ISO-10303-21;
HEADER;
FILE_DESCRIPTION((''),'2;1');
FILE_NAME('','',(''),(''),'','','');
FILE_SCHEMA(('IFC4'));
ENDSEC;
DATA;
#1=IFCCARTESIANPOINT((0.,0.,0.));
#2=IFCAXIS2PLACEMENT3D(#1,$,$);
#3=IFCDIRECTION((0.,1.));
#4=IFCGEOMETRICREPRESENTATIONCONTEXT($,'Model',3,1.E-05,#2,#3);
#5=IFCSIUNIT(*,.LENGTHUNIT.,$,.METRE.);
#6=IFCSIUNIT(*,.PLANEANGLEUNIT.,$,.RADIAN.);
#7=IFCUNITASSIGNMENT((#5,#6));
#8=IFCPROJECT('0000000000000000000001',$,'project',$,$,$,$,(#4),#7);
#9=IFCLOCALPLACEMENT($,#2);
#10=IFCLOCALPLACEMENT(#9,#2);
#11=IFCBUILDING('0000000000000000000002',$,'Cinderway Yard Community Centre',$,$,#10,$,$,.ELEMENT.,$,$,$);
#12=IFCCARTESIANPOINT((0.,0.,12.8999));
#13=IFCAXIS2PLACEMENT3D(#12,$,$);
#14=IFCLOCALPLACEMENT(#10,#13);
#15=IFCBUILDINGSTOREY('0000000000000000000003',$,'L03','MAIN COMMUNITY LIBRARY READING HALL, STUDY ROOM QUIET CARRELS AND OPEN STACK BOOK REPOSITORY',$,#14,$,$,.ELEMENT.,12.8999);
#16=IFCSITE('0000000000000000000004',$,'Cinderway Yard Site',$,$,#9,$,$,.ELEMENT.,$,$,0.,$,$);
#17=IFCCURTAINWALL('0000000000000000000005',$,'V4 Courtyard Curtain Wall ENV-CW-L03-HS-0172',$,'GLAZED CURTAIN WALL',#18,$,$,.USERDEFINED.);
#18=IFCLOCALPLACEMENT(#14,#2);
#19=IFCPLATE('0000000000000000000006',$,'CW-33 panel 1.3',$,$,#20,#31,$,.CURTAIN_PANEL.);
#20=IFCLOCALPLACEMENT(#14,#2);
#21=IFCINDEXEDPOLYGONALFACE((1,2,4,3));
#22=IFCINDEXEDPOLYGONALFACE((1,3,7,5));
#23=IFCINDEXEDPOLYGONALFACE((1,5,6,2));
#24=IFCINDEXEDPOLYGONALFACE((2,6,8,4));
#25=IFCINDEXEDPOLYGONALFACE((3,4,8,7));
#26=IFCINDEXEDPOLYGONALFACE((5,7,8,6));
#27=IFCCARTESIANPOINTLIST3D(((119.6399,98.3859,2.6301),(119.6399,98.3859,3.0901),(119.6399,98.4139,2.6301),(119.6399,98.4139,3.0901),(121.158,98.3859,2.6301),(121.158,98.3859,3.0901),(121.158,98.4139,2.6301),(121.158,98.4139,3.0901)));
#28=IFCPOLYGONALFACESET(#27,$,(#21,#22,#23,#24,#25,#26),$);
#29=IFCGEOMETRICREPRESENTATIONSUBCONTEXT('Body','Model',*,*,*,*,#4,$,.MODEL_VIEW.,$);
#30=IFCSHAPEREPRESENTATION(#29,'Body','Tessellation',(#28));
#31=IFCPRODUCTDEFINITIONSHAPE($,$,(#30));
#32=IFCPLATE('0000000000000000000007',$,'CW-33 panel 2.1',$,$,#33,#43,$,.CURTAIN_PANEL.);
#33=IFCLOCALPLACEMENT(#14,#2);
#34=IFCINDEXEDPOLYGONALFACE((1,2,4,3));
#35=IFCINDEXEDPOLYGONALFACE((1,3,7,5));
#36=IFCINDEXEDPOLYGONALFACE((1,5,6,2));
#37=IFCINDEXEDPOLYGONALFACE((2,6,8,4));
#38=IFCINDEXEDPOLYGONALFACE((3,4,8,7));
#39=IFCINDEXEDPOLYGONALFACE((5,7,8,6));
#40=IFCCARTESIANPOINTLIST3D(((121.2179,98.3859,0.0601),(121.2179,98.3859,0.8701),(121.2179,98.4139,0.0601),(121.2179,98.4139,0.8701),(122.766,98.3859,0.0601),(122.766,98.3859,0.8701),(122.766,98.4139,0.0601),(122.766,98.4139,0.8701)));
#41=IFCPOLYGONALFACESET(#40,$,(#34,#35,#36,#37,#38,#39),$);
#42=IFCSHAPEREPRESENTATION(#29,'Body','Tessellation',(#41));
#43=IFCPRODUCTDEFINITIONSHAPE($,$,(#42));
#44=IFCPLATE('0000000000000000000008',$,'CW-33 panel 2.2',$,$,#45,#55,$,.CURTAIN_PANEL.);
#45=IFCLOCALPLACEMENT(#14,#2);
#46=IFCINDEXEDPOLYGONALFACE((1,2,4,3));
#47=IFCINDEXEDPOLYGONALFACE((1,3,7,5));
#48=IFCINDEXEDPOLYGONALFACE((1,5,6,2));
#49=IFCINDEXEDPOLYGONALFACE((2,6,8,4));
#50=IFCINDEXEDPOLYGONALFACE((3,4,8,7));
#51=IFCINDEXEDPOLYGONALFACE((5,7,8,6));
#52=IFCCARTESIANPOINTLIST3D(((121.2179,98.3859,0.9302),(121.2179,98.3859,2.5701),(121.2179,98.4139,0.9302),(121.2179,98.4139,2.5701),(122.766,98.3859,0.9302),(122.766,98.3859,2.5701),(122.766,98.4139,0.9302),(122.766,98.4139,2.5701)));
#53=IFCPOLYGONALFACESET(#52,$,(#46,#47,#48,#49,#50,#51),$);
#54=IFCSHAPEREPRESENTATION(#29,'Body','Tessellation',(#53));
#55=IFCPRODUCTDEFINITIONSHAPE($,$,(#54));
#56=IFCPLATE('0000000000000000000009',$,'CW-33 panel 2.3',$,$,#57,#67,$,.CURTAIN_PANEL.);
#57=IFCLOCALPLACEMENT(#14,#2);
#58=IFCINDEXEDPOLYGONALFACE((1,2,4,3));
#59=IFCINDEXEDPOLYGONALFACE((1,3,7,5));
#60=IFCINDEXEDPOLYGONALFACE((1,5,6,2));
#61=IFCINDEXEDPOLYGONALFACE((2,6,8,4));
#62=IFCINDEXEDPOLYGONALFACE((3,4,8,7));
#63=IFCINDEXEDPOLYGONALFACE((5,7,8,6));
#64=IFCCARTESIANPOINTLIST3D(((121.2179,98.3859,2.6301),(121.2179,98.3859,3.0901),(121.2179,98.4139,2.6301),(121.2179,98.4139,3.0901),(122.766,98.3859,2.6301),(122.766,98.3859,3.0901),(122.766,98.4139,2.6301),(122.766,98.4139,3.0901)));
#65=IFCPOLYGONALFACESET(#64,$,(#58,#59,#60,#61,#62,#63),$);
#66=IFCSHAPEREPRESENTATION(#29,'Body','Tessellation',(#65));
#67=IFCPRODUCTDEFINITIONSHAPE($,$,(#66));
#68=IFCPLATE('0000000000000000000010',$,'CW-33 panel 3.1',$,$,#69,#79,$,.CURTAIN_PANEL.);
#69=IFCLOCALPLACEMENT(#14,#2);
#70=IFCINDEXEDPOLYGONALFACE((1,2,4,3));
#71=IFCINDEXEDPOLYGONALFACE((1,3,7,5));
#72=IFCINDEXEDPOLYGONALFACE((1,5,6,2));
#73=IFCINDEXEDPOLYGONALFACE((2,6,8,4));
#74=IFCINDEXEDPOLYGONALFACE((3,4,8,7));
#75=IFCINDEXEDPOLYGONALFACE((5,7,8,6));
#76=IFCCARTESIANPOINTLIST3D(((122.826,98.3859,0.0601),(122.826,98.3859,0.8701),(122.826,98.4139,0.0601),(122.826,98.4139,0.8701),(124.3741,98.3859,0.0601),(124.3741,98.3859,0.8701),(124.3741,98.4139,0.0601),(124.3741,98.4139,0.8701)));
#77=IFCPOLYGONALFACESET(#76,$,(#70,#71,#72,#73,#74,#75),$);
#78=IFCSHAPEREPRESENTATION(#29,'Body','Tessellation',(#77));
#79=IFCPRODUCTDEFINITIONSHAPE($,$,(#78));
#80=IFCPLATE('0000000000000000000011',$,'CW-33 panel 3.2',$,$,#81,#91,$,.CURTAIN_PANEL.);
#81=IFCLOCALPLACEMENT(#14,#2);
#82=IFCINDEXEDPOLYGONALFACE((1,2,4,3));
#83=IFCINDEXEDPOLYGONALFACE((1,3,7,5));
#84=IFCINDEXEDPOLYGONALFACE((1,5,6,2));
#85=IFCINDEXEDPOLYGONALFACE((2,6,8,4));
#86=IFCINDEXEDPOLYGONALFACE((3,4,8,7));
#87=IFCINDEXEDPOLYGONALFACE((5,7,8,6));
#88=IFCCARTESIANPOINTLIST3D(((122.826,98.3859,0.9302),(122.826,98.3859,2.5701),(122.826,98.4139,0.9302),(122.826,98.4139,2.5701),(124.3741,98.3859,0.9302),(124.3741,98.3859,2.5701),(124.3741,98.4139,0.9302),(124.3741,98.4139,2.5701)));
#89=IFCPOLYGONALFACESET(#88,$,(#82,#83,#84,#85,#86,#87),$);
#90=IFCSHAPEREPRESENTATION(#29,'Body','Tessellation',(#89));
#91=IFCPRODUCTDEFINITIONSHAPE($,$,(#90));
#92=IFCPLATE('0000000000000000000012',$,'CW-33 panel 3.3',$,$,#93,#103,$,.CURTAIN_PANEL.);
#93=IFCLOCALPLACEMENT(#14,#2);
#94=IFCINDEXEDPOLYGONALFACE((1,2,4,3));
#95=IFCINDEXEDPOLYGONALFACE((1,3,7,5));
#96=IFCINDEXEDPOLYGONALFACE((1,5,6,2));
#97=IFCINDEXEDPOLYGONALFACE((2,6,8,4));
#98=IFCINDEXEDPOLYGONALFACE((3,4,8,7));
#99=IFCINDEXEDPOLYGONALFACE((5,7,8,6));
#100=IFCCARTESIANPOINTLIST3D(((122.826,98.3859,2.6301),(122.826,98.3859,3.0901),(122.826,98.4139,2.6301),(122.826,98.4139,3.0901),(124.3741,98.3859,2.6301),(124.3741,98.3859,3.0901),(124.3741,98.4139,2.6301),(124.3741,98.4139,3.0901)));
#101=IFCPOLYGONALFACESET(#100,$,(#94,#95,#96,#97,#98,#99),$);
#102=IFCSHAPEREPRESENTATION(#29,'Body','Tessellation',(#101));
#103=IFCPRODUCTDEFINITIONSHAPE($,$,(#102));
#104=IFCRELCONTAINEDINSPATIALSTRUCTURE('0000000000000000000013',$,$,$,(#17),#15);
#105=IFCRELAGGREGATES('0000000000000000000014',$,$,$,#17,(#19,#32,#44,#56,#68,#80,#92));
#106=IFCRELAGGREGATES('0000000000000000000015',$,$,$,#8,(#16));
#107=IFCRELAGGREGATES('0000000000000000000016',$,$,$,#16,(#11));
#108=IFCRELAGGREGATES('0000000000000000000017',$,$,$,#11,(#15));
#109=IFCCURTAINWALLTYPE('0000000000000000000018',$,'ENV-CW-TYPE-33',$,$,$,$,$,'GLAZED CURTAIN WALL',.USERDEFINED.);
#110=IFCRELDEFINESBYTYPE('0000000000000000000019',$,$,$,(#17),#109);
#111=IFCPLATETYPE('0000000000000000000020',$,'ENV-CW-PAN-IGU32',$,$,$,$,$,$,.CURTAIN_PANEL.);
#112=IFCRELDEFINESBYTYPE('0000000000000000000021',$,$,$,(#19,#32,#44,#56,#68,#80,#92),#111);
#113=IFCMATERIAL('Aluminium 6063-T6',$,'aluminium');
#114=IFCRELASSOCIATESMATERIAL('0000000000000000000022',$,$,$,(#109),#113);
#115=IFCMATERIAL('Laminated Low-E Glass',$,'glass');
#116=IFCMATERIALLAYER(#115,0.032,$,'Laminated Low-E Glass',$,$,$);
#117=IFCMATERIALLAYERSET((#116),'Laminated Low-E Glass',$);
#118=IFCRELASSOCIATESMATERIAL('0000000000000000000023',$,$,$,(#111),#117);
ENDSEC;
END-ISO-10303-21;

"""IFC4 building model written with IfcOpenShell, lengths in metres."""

from ifc_helpers import new_model, si_unit, direction, frame, origin, origin_2d, place, context, subcontext, project, spatial, rectangle, extrude, material, layer, layer_set, type_object, element, aggregate, save


model = new_model("IFC4")

# Units and contexts
model_context = context("Model", 3, precision=1e-05, world=origin(), true_north=direction((0.0, 1.0)))
body_context = subcontext(model_context, "Body", "Model", "MODEL_VIEW")
ifc_project = project(units=[si_unit("LENGTHUNIT", "METRE"), si_unit("PLANEANGLEUNIT", "RADIAN")], contexts=[model_context])

# Site, building, storey
site_placement = place(None, origin())
site = spatial("IfcSite", under=ifc_project, at=site_placement, Name="Cinderway Yard Site", CompositionType="ELEMENT", RefElevation=0.0)
building_placement = place(site_placement, origin())
building = spatial("IfcBuilding", under=site, at=building_placement, Name="Cinderway Yard Community Centre", CompositionType="ELEMENT")
storey_placement = place(building_placement, frame((0.0, 0.0, 12.8999)))
storey = spatial("IfcBuildingStorey", under=building, at=storey_placement, Name="L03", Description="MAIN COMMUNITY LIBRARY READING HALL, STUDY ROOM QUIET CARRELS AND OPEN STACK BOOK REPOSITORY", CompositionType="ELEMENT", Elevation=12.8999)

# Curtain wall
ifc_material_1 = material(Name="Aluminium 6063-T6", Category="aluminium")
curtain_wall_type = type_object("IfcCurtainWallType", Name="ENV-CW-TYPE-33", ElementType="GLAZED CURTAIN WALL", PredefinedType="USERDEFINED", material=ifc_material_1)
curtain_wall_placement = place(storey_placement, origin())
curtain_wall = element("IfcCurtainWall", 1, at=curtain_wall_placement, inside=storey, type_object=curtain_wall_type, Name="V4 Courtyard Curtain Wall ENV-CW-L03-HS-0172", ObjectType="GLAZED CURTAIN WALL", PredefinedType="USERDEFINED")

# Plates
ifc_material_2 = material(Name="Laminated Low-E Glass", Category="glass")
ifc_layer = layer(ifc_material_2, 0.032, Name="Laminated Low-E Glass")
ifc_layer_set = layer_set([ifc_layer], Name="Laminated Low-E Glass")
plate_type = type_object("IfcPlateType", Name="ENV-CW-PAN-IGU32", PredefinedType="CURTAIN_PANEL", material=ifc_layer_set)
plate_1_placement = place(storey_placement, frame((120.3989, 98.3999, 2.6301), z_axis=(0.0, 0.0, 1.0), x_axis=(1.0, 0.0, 0.0)))
plate_1 = element("IfcPlate", 2, at=plate_1_placement, type_object=plate_type, Name="CW-33 panel 1.3", PredefinedType="CURTAIN_PANEL", context=body_context, shape_type="SweptSolid", body=[
    extrude(rectangle(XDim=1.5181, YDim=0.0281, at=origin_2d()), origin(), (0.0, 0.0, 1.0), 0.46),
])
plate_2_placement = place(storey_placement, frame((121.9919, 98.3999, 0.0601), z_axis=(0.0, 0.0, 1.0), x_axis=(1.0, 0.0, 0.0)))
plate_2 = element("IfcPlate", 3, at=plate_2_placement, type_object=plate_type, Name="CW-33 panel 2.1", PredefinedType="CURTAIN_PANEL", context=body_context, shape_type="SweptSolid", body=[
    extrude(rectangle(XDim=1.5481, YDim=0.0281, at=origin_2d()), origin(), (0.0, 0.0, 1.0), 0.8101),
])
plate_3_placement = place(storey_placement, frame((121.9919, 98.3999, 0.9302), z_axis=(0.0, 0.0, 1.0), x_axis=(1.0, 0.0, 0.0)))
plate_3 = element("IfcPlate", 4, at=plate_3_placement, type_object=plate_type, Name="CW-33 panel 2.2", PredefinedType="CURTAIN_PANEL", context=body_context, shape_type="SweptSolid", body=[
    extrude(rectangle(XDim=1.5481, YDim=0.0281, at=origin_2d()), origin(), (0.0, 0.0, 1.0), 1.6399),
])
plate_4_placement = place(storey_placement, frame((121.9919, 98.3999, 2.6301), z_axis=(0.0, 0.0, 1.0), x_axis=(1.0, 0.0, 0.0)))
plate_4 = element("IfcPlate", 5, at=plate_4_placement, type_object=plate_type, Name="CW-33 panel 2.3", PredefinedType="CURTAIN_PANEL", context=body_context, shape_type="SweptSolid", body=[
    extrude(rectangle(XDim=1.5481, YDim=0.0281, at=origin_2d()), origin(), (0.0, 0.0, 1.0), 0.46),
])
plate_5_placement = place(storey_placement, frame((123.6001, 98.3999, 0.0601), z_axis=(0.0, 0.0, 1.0), x_axis=(1.0, 0.0, 0.0)))
plate_5 = element("IfcPlate", 6, at=plate_5_placement, type_object=plate_type, Name="CW-33 panel 3.1", PredefinedType="CURTAIN_PANEL", context=body_context, shape_type="SweptSolid", body=[
    extrude(rectangle(XDim=1.5481, YDim=0.0281, at=origin_2d()), origin(), (0.0, 0.0, 1.0), 0.8101),
])
plate_6_placement = place(storey_placement, frame((123.6001, 98.3999, 0.9302), z_axis=(0.0, 0.0, 1.0), x_axis=(1.0, 0.0, 0.0)))
plate_6 = element("IfcPlate", 7, at=plate_6_placement, type_object=plate_type, Name="CW-33 panel 3.2", PredefinedType="CURTAIN_PANEL", context=body_context, shape_type="SweptSolid", body=[
    extrude(rectangle(XDim=1.5481, YDim=0.0281, at=origin_2d()), origin(), (0.0, 0.0, 1.0), 1.6399),
])
plate_7_placement = place(storey_placement, frame((123.6001, 98.3999, 2.6301), z_axis=(0.0, 0.0, 1.0), x_axis=(1.0, 0.0, 0.0)))
plate_7 = element("IfcPlate", 8, at=plate_7_placement, type_object=plate_type, Name="CW-33 panel 3.3", PredefinedType="CURTAIN_PANEL", context=body_context, shape_type="SweptSolid", body=[
    extrude(rectangle(XDim=1.5481, YDim=0.0281, at=origin_2d()), origin(), (0.0, 0.0, 1.0), 0.46),
])
aggregate(curtain_wall, [plate_1, plate_2, plate_3, plate_4, plate_5, plate_6, plate_7])

save(model, "model.ifc")
